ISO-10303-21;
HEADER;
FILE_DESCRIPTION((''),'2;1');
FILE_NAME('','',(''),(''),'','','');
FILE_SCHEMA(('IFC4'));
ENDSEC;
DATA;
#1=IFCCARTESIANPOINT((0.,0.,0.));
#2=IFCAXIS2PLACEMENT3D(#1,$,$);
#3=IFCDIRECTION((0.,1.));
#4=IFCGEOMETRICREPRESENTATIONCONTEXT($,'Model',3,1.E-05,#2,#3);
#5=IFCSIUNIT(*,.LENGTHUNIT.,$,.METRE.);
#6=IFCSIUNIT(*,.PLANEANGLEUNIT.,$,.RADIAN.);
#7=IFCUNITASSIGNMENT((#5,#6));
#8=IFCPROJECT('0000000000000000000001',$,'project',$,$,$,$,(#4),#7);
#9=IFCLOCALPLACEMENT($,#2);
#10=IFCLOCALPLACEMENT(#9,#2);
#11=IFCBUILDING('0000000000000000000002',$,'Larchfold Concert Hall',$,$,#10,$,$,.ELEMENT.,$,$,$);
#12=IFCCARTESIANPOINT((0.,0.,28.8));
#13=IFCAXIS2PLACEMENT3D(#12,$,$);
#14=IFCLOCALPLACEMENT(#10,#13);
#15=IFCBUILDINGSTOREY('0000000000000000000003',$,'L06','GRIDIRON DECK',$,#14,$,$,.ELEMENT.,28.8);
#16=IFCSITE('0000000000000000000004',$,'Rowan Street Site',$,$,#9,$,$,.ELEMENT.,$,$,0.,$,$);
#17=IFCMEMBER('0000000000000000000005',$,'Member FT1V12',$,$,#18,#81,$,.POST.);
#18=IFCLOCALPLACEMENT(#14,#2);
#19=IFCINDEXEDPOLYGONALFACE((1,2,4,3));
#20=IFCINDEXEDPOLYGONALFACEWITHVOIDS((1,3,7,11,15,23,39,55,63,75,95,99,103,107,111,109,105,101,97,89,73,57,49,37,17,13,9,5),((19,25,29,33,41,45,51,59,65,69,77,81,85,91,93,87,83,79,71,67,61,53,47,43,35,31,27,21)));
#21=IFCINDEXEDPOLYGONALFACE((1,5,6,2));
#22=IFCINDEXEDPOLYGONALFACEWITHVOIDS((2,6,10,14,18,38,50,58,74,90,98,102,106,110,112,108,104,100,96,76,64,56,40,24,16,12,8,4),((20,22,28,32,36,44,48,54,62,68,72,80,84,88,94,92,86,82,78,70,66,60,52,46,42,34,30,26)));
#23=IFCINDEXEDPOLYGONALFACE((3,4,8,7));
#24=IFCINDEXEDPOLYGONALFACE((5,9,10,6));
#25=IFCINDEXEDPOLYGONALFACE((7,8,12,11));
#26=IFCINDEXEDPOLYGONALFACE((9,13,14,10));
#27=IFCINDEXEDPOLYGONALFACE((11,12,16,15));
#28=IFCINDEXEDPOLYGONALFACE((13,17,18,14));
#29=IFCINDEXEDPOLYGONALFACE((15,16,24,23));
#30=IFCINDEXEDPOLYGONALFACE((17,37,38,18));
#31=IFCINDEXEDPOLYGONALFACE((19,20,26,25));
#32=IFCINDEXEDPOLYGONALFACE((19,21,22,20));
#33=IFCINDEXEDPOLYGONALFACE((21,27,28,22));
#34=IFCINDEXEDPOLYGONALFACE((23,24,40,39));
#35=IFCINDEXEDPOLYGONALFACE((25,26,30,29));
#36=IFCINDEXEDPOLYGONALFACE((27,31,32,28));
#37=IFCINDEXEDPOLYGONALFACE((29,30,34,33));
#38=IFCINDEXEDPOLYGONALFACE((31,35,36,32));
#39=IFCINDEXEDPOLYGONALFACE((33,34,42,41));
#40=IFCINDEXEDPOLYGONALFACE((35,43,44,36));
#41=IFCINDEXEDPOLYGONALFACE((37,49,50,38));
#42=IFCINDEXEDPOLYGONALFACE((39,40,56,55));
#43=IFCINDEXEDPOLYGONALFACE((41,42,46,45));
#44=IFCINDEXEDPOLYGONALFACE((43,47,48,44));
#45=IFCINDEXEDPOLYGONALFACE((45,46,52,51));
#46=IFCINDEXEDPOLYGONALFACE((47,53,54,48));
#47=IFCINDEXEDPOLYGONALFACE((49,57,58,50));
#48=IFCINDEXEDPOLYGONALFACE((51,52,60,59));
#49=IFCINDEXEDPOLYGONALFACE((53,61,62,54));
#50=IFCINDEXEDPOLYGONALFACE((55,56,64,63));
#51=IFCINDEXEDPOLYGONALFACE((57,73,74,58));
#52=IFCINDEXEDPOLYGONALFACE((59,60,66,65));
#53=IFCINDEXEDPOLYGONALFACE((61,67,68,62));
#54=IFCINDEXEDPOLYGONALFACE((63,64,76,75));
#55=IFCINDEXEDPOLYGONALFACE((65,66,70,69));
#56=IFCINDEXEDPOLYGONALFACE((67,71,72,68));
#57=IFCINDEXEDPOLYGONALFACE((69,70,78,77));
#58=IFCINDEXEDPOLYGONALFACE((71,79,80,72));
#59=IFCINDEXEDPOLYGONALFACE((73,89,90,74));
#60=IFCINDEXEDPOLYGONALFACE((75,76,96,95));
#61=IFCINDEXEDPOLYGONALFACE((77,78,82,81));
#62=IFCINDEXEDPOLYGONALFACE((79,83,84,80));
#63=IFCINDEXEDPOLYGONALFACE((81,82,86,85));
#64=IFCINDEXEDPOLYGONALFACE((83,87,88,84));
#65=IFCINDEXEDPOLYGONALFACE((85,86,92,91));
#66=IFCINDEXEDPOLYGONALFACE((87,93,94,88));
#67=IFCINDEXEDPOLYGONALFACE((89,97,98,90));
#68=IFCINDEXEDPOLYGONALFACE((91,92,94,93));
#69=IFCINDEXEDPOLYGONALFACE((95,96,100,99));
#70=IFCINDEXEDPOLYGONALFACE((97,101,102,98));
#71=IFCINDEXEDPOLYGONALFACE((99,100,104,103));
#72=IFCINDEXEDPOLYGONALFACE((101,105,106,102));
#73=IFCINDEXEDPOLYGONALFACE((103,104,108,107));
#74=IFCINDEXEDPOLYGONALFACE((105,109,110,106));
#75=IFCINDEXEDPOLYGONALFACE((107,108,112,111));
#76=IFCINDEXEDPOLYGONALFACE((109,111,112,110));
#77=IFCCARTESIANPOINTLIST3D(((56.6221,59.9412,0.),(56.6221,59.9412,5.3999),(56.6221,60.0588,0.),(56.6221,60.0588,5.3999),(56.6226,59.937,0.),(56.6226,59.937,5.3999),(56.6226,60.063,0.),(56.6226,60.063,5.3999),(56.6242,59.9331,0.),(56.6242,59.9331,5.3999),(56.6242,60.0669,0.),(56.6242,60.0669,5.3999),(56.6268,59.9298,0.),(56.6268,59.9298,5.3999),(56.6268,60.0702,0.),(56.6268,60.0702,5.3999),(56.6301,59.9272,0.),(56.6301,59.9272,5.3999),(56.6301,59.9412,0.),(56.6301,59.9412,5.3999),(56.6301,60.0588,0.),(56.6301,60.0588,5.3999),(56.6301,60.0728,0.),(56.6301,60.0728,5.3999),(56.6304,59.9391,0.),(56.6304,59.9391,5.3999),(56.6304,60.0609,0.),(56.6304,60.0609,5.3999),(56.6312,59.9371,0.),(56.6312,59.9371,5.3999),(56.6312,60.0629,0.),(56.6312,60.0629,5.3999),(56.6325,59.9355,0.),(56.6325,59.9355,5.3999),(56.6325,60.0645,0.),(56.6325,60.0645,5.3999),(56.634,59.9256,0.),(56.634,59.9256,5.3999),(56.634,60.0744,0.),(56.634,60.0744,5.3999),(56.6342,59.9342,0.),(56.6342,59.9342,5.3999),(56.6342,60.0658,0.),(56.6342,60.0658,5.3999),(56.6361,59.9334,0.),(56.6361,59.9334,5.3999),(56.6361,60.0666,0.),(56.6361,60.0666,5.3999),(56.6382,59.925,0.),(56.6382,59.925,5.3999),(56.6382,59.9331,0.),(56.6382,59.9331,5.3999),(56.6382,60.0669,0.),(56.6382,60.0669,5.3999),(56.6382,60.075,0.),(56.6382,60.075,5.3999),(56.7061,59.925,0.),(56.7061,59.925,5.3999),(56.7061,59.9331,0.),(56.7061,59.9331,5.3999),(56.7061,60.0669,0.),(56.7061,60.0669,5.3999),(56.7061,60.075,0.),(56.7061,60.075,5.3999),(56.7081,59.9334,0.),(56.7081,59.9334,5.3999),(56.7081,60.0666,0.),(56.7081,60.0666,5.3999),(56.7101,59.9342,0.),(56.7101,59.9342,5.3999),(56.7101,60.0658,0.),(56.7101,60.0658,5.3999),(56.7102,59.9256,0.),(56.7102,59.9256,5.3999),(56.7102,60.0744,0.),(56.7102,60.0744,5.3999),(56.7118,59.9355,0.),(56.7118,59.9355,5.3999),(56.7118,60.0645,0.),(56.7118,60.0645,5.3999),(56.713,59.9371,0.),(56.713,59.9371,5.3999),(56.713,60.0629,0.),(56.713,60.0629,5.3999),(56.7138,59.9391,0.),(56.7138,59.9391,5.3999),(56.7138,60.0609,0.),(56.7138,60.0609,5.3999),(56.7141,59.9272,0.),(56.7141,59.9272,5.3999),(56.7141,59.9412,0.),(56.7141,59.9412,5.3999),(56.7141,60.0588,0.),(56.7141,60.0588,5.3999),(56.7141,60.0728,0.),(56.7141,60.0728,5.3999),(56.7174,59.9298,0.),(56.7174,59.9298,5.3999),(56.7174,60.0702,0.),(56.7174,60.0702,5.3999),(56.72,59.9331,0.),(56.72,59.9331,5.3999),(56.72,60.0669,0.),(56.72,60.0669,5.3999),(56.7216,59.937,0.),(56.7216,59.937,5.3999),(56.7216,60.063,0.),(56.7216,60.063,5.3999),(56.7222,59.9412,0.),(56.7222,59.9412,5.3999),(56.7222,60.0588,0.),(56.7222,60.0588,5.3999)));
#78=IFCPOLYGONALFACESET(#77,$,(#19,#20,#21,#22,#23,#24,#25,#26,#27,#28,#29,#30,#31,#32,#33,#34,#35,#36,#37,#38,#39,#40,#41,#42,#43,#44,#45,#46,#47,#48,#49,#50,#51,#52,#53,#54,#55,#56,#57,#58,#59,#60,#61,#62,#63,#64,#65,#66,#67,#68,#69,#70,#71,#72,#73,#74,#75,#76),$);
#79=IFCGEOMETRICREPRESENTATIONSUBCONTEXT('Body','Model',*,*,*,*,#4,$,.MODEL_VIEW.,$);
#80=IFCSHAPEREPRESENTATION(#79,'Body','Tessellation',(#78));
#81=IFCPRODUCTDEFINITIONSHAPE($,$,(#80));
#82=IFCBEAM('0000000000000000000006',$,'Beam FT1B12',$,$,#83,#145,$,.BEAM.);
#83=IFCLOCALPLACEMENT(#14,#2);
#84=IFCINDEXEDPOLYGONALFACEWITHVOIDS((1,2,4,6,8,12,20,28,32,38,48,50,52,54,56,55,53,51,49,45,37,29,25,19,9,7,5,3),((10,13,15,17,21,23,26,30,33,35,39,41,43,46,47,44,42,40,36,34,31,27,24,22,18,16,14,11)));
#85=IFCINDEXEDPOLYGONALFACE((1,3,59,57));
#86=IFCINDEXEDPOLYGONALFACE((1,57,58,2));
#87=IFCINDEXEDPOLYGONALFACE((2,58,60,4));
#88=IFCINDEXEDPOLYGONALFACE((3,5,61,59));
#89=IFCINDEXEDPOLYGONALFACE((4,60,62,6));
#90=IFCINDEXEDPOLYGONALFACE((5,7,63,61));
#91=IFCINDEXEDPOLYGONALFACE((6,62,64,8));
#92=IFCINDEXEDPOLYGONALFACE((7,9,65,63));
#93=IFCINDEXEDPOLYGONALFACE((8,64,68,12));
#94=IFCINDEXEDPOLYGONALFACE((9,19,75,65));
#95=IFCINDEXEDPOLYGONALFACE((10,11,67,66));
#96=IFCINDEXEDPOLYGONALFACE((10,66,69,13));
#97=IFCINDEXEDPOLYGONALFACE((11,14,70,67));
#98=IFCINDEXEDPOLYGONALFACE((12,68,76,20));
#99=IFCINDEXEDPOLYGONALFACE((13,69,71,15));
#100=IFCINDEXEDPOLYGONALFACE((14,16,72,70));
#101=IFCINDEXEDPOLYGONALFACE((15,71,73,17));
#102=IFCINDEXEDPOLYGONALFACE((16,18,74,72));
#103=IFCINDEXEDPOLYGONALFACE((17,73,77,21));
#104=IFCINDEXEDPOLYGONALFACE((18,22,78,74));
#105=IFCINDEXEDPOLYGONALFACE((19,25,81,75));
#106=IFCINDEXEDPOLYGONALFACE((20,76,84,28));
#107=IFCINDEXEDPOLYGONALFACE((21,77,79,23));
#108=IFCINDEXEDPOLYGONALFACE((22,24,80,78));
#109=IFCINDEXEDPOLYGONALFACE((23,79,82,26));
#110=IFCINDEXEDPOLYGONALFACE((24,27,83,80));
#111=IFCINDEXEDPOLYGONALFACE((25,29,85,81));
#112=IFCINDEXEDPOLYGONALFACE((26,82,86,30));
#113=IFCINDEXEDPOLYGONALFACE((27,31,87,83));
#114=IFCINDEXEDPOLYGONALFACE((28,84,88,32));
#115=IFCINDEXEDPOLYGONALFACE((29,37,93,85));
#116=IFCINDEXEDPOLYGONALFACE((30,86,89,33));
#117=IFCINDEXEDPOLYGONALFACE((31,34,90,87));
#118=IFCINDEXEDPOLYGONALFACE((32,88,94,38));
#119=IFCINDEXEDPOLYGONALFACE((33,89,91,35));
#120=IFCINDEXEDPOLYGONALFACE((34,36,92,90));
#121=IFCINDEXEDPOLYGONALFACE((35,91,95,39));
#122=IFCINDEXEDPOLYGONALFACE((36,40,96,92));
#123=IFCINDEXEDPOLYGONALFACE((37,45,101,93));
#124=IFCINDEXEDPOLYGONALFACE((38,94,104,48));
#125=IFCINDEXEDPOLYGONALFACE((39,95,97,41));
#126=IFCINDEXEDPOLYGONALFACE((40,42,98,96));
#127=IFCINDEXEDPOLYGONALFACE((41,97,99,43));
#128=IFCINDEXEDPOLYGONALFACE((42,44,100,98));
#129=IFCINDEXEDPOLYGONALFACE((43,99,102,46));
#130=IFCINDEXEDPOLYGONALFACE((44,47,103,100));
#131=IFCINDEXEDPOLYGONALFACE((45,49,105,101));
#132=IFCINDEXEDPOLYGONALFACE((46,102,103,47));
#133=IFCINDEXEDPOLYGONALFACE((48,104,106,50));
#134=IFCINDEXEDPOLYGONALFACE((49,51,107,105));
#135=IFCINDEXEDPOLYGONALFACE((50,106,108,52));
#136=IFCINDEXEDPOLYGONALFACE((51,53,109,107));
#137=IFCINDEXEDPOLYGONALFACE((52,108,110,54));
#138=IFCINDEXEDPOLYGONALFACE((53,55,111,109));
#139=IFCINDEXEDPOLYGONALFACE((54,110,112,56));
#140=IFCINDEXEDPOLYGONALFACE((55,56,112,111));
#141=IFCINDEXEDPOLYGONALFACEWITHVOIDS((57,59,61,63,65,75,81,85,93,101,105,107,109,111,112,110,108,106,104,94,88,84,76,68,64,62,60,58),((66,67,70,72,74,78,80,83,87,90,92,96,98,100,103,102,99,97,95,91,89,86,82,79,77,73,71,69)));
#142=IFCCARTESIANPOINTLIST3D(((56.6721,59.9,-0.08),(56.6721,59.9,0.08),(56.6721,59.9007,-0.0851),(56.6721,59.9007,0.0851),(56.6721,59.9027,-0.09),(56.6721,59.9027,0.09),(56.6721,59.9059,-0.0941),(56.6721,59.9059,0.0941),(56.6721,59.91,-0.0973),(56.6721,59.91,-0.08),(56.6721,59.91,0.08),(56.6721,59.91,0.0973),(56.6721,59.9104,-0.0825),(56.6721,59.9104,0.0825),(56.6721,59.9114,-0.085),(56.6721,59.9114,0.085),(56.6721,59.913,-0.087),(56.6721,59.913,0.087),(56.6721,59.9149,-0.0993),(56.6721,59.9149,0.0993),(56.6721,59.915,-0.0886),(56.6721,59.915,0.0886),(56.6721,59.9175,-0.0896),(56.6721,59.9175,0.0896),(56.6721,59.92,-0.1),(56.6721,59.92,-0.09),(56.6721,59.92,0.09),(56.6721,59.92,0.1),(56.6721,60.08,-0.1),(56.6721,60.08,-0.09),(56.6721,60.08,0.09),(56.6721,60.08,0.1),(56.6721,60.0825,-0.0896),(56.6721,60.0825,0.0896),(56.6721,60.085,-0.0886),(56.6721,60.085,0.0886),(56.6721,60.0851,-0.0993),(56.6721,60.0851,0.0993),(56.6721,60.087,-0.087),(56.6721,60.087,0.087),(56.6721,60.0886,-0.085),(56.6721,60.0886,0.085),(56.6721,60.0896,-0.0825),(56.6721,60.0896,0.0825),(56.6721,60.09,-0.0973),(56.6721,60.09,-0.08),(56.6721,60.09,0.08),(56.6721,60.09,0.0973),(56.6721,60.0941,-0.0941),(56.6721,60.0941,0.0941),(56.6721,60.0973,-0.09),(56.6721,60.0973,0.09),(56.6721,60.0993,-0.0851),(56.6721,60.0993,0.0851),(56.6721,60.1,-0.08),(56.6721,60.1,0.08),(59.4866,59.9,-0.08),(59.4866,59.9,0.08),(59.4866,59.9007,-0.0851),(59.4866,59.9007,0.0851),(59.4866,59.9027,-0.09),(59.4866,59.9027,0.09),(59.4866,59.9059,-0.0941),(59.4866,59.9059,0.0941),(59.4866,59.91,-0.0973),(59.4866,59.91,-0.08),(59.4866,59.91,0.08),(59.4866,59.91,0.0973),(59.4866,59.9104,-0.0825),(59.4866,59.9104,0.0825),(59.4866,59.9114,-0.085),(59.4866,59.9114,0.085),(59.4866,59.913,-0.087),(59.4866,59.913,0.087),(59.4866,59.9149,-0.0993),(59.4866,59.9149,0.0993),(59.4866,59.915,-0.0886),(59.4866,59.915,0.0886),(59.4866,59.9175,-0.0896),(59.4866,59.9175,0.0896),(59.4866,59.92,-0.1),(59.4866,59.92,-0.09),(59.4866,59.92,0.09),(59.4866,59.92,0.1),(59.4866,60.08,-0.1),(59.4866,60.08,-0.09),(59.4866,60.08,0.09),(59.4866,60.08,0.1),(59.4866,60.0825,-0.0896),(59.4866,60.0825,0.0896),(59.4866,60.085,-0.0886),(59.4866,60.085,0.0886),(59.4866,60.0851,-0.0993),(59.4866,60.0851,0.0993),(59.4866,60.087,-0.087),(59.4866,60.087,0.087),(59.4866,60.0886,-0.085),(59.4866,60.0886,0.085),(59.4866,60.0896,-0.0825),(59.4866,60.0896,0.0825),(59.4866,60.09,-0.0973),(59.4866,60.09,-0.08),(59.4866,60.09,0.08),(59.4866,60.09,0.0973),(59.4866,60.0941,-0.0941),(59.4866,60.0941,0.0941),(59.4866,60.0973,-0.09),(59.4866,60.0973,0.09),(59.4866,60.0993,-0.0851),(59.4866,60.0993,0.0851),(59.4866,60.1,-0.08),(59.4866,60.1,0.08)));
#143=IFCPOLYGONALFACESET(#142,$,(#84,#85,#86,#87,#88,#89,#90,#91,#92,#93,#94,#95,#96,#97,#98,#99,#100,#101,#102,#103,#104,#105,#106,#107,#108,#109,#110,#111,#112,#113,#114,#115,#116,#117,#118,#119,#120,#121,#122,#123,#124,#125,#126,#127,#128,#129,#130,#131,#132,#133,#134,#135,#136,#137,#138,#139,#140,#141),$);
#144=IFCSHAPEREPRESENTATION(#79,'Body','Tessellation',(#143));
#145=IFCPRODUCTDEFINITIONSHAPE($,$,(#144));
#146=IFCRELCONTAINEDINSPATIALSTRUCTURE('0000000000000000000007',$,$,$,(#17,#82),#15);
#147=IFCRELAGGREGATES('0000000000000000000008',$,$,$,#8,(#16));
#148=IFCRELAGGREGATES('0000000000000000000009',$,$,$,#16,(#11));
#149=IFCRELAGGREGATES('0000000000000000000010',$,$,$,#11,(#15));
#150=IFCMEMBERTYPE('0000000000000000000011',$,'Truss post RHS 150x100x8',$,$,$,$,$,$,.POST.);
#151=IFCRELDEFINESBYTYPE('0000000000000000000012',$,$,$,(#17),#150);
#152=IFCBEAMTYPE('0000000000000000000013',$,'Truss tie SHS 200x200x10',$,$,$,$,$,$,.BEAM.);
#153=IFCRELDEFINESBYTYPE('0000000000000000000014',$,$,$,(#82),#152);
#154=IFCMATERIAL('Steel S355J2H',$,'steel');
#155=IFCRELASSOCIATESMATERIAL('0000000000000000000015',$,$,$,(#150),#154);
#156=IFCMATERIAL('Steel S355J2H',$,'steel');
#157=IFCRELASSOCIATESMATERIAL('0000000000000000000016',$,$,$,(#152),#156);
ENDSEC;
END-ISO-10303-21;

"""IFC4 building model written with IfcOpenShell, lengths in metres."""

from ifc_helpers import new_model, si_unit, direction, frame, origin, origin_2d, place, context, subcontext, project, spatial, hollow_rectangle, extrude, material, material_profile, profile_set, type_object, element, save


model = new_model("IFC4")

# Units and contexts
model_context = context("Model", 3, precision=1e-05, world=origin(), true_north=direction((0.0, 1.0)))
body_context = subcontext(model_context, "Body", "Model", "MODEL_VIEW")
ifc_project = project(units=[si_unit("LENGTHUNIT", "METRE"), si_unit("PLANEANGLEUNIT", "RADIAN")], contexts=[model_context])

# Site, building, storey
site_placement = place(None, origin())
site = spatial("IfcSite", under=ifc_project, at=site_placement, Name="Rowan Street Site", CompositionType="ELEMENT", RefElevation=0.0)
building_placement = place(site_placement, origin())
building = spatial("IfcBuilding", under=site, at=building_placement, Name="Larchfold Concert Hall", CompositionType="ELEMENT")
storey_placement = place(building_placement, frame((0.0, 0.0, 28.8)))
storey = spatial("IfcBuildingStorey", under=building, at=storey_placement, Name="L06", Description="GRIDIRON DECK", CompositionType="ELEMENT", Elevation=28.8)

# Member
ifc_material_1 = material(Name="Steel S355J2H", Category="steel")
ifc_material_profile_1 = material_profile(ifc_material_1, hollow_rectangle(XDim=0.1001, YDim=0.1499, WallThickness=0.0081, InnerFilletRadius=0.0081, OuterFilletRadius=0.0161, at=origin_2d()))
ifc_profile_set_1 = profile_set([ifc_material_profile_1], Name="Steel S355J2H")
member_type_1 = type_object("IfcMemberType", Name="Truss post RHS 150x100x8", PredefinedType="POST", material=ifc_profile_set_1)
member_1_placement = place(storey_placement, frame((56.6721, 60.0, 5.3999), z_axis=(0.0, 0.0, -1.0), x_axis=(1.0, 0.0, 0.0)))
element("IfcMember", 1, at=member_1_placement, inside=storey, type_object=member_type_1, Name="Member FT1V12", PredefinedType="POST", context=body_context, shape_type="SweptSolid", body=[
    extrude(hollow_rectangle(XDim=0.1001, YDim=0.1499, WallThickness=0.0081, InnerFilletRadius=0.0081, OuterFilletRadius=0.0161, at=origin_2d()), origin(), (0.0, 0.0, 1.0), 5.3999),
])

# Beam
ifc_material_2 = material(Name="Steel S355J2H", Category="steel")
ifc_material_profile_2 = material_profile(ifc_material_2, hollow_rectangle(XDim=0.2, YDim=0.2, WallThickness=0.01, InnerFilletRadius=0.01, OuterFilletRadius=0.02, at=origin_2d()))
ifc_profile_set_2 = profile_set([ifc_material_profile_2], Name="Steel S355J2H")
beam_type_1 = type_object("IfcBeamType", Name="Truss tie SHS 200x200x10", PredefinedType="BEAM", material=ifc_profile_set_2)
beam_1_placement = place(storey_placement, frame((56.6721, 60.0, 0.0), z_axis=(1.0, 0.0, 0.0), x_axis=(0.0, 1.0, 0.0)))
element("IfcBeam", 2, at=beam_1_placement, inside=storey, type_object=beam_type_1, Name="Beam FT1B12", PredefinedType="BEAM", context=body_context, shape_type="SweptSolid", body=[
    extrude(hollow_rectangle(XDim=0.2, YDim=0.2, WallThickness=0.01, InnerFilletRadius=0.01, OuterFilletRadius=0.02, at=origin_2d()), origin(), (0.0, 0.0, 1.0), 2.8145),
])

save(model, "model.ifc")
